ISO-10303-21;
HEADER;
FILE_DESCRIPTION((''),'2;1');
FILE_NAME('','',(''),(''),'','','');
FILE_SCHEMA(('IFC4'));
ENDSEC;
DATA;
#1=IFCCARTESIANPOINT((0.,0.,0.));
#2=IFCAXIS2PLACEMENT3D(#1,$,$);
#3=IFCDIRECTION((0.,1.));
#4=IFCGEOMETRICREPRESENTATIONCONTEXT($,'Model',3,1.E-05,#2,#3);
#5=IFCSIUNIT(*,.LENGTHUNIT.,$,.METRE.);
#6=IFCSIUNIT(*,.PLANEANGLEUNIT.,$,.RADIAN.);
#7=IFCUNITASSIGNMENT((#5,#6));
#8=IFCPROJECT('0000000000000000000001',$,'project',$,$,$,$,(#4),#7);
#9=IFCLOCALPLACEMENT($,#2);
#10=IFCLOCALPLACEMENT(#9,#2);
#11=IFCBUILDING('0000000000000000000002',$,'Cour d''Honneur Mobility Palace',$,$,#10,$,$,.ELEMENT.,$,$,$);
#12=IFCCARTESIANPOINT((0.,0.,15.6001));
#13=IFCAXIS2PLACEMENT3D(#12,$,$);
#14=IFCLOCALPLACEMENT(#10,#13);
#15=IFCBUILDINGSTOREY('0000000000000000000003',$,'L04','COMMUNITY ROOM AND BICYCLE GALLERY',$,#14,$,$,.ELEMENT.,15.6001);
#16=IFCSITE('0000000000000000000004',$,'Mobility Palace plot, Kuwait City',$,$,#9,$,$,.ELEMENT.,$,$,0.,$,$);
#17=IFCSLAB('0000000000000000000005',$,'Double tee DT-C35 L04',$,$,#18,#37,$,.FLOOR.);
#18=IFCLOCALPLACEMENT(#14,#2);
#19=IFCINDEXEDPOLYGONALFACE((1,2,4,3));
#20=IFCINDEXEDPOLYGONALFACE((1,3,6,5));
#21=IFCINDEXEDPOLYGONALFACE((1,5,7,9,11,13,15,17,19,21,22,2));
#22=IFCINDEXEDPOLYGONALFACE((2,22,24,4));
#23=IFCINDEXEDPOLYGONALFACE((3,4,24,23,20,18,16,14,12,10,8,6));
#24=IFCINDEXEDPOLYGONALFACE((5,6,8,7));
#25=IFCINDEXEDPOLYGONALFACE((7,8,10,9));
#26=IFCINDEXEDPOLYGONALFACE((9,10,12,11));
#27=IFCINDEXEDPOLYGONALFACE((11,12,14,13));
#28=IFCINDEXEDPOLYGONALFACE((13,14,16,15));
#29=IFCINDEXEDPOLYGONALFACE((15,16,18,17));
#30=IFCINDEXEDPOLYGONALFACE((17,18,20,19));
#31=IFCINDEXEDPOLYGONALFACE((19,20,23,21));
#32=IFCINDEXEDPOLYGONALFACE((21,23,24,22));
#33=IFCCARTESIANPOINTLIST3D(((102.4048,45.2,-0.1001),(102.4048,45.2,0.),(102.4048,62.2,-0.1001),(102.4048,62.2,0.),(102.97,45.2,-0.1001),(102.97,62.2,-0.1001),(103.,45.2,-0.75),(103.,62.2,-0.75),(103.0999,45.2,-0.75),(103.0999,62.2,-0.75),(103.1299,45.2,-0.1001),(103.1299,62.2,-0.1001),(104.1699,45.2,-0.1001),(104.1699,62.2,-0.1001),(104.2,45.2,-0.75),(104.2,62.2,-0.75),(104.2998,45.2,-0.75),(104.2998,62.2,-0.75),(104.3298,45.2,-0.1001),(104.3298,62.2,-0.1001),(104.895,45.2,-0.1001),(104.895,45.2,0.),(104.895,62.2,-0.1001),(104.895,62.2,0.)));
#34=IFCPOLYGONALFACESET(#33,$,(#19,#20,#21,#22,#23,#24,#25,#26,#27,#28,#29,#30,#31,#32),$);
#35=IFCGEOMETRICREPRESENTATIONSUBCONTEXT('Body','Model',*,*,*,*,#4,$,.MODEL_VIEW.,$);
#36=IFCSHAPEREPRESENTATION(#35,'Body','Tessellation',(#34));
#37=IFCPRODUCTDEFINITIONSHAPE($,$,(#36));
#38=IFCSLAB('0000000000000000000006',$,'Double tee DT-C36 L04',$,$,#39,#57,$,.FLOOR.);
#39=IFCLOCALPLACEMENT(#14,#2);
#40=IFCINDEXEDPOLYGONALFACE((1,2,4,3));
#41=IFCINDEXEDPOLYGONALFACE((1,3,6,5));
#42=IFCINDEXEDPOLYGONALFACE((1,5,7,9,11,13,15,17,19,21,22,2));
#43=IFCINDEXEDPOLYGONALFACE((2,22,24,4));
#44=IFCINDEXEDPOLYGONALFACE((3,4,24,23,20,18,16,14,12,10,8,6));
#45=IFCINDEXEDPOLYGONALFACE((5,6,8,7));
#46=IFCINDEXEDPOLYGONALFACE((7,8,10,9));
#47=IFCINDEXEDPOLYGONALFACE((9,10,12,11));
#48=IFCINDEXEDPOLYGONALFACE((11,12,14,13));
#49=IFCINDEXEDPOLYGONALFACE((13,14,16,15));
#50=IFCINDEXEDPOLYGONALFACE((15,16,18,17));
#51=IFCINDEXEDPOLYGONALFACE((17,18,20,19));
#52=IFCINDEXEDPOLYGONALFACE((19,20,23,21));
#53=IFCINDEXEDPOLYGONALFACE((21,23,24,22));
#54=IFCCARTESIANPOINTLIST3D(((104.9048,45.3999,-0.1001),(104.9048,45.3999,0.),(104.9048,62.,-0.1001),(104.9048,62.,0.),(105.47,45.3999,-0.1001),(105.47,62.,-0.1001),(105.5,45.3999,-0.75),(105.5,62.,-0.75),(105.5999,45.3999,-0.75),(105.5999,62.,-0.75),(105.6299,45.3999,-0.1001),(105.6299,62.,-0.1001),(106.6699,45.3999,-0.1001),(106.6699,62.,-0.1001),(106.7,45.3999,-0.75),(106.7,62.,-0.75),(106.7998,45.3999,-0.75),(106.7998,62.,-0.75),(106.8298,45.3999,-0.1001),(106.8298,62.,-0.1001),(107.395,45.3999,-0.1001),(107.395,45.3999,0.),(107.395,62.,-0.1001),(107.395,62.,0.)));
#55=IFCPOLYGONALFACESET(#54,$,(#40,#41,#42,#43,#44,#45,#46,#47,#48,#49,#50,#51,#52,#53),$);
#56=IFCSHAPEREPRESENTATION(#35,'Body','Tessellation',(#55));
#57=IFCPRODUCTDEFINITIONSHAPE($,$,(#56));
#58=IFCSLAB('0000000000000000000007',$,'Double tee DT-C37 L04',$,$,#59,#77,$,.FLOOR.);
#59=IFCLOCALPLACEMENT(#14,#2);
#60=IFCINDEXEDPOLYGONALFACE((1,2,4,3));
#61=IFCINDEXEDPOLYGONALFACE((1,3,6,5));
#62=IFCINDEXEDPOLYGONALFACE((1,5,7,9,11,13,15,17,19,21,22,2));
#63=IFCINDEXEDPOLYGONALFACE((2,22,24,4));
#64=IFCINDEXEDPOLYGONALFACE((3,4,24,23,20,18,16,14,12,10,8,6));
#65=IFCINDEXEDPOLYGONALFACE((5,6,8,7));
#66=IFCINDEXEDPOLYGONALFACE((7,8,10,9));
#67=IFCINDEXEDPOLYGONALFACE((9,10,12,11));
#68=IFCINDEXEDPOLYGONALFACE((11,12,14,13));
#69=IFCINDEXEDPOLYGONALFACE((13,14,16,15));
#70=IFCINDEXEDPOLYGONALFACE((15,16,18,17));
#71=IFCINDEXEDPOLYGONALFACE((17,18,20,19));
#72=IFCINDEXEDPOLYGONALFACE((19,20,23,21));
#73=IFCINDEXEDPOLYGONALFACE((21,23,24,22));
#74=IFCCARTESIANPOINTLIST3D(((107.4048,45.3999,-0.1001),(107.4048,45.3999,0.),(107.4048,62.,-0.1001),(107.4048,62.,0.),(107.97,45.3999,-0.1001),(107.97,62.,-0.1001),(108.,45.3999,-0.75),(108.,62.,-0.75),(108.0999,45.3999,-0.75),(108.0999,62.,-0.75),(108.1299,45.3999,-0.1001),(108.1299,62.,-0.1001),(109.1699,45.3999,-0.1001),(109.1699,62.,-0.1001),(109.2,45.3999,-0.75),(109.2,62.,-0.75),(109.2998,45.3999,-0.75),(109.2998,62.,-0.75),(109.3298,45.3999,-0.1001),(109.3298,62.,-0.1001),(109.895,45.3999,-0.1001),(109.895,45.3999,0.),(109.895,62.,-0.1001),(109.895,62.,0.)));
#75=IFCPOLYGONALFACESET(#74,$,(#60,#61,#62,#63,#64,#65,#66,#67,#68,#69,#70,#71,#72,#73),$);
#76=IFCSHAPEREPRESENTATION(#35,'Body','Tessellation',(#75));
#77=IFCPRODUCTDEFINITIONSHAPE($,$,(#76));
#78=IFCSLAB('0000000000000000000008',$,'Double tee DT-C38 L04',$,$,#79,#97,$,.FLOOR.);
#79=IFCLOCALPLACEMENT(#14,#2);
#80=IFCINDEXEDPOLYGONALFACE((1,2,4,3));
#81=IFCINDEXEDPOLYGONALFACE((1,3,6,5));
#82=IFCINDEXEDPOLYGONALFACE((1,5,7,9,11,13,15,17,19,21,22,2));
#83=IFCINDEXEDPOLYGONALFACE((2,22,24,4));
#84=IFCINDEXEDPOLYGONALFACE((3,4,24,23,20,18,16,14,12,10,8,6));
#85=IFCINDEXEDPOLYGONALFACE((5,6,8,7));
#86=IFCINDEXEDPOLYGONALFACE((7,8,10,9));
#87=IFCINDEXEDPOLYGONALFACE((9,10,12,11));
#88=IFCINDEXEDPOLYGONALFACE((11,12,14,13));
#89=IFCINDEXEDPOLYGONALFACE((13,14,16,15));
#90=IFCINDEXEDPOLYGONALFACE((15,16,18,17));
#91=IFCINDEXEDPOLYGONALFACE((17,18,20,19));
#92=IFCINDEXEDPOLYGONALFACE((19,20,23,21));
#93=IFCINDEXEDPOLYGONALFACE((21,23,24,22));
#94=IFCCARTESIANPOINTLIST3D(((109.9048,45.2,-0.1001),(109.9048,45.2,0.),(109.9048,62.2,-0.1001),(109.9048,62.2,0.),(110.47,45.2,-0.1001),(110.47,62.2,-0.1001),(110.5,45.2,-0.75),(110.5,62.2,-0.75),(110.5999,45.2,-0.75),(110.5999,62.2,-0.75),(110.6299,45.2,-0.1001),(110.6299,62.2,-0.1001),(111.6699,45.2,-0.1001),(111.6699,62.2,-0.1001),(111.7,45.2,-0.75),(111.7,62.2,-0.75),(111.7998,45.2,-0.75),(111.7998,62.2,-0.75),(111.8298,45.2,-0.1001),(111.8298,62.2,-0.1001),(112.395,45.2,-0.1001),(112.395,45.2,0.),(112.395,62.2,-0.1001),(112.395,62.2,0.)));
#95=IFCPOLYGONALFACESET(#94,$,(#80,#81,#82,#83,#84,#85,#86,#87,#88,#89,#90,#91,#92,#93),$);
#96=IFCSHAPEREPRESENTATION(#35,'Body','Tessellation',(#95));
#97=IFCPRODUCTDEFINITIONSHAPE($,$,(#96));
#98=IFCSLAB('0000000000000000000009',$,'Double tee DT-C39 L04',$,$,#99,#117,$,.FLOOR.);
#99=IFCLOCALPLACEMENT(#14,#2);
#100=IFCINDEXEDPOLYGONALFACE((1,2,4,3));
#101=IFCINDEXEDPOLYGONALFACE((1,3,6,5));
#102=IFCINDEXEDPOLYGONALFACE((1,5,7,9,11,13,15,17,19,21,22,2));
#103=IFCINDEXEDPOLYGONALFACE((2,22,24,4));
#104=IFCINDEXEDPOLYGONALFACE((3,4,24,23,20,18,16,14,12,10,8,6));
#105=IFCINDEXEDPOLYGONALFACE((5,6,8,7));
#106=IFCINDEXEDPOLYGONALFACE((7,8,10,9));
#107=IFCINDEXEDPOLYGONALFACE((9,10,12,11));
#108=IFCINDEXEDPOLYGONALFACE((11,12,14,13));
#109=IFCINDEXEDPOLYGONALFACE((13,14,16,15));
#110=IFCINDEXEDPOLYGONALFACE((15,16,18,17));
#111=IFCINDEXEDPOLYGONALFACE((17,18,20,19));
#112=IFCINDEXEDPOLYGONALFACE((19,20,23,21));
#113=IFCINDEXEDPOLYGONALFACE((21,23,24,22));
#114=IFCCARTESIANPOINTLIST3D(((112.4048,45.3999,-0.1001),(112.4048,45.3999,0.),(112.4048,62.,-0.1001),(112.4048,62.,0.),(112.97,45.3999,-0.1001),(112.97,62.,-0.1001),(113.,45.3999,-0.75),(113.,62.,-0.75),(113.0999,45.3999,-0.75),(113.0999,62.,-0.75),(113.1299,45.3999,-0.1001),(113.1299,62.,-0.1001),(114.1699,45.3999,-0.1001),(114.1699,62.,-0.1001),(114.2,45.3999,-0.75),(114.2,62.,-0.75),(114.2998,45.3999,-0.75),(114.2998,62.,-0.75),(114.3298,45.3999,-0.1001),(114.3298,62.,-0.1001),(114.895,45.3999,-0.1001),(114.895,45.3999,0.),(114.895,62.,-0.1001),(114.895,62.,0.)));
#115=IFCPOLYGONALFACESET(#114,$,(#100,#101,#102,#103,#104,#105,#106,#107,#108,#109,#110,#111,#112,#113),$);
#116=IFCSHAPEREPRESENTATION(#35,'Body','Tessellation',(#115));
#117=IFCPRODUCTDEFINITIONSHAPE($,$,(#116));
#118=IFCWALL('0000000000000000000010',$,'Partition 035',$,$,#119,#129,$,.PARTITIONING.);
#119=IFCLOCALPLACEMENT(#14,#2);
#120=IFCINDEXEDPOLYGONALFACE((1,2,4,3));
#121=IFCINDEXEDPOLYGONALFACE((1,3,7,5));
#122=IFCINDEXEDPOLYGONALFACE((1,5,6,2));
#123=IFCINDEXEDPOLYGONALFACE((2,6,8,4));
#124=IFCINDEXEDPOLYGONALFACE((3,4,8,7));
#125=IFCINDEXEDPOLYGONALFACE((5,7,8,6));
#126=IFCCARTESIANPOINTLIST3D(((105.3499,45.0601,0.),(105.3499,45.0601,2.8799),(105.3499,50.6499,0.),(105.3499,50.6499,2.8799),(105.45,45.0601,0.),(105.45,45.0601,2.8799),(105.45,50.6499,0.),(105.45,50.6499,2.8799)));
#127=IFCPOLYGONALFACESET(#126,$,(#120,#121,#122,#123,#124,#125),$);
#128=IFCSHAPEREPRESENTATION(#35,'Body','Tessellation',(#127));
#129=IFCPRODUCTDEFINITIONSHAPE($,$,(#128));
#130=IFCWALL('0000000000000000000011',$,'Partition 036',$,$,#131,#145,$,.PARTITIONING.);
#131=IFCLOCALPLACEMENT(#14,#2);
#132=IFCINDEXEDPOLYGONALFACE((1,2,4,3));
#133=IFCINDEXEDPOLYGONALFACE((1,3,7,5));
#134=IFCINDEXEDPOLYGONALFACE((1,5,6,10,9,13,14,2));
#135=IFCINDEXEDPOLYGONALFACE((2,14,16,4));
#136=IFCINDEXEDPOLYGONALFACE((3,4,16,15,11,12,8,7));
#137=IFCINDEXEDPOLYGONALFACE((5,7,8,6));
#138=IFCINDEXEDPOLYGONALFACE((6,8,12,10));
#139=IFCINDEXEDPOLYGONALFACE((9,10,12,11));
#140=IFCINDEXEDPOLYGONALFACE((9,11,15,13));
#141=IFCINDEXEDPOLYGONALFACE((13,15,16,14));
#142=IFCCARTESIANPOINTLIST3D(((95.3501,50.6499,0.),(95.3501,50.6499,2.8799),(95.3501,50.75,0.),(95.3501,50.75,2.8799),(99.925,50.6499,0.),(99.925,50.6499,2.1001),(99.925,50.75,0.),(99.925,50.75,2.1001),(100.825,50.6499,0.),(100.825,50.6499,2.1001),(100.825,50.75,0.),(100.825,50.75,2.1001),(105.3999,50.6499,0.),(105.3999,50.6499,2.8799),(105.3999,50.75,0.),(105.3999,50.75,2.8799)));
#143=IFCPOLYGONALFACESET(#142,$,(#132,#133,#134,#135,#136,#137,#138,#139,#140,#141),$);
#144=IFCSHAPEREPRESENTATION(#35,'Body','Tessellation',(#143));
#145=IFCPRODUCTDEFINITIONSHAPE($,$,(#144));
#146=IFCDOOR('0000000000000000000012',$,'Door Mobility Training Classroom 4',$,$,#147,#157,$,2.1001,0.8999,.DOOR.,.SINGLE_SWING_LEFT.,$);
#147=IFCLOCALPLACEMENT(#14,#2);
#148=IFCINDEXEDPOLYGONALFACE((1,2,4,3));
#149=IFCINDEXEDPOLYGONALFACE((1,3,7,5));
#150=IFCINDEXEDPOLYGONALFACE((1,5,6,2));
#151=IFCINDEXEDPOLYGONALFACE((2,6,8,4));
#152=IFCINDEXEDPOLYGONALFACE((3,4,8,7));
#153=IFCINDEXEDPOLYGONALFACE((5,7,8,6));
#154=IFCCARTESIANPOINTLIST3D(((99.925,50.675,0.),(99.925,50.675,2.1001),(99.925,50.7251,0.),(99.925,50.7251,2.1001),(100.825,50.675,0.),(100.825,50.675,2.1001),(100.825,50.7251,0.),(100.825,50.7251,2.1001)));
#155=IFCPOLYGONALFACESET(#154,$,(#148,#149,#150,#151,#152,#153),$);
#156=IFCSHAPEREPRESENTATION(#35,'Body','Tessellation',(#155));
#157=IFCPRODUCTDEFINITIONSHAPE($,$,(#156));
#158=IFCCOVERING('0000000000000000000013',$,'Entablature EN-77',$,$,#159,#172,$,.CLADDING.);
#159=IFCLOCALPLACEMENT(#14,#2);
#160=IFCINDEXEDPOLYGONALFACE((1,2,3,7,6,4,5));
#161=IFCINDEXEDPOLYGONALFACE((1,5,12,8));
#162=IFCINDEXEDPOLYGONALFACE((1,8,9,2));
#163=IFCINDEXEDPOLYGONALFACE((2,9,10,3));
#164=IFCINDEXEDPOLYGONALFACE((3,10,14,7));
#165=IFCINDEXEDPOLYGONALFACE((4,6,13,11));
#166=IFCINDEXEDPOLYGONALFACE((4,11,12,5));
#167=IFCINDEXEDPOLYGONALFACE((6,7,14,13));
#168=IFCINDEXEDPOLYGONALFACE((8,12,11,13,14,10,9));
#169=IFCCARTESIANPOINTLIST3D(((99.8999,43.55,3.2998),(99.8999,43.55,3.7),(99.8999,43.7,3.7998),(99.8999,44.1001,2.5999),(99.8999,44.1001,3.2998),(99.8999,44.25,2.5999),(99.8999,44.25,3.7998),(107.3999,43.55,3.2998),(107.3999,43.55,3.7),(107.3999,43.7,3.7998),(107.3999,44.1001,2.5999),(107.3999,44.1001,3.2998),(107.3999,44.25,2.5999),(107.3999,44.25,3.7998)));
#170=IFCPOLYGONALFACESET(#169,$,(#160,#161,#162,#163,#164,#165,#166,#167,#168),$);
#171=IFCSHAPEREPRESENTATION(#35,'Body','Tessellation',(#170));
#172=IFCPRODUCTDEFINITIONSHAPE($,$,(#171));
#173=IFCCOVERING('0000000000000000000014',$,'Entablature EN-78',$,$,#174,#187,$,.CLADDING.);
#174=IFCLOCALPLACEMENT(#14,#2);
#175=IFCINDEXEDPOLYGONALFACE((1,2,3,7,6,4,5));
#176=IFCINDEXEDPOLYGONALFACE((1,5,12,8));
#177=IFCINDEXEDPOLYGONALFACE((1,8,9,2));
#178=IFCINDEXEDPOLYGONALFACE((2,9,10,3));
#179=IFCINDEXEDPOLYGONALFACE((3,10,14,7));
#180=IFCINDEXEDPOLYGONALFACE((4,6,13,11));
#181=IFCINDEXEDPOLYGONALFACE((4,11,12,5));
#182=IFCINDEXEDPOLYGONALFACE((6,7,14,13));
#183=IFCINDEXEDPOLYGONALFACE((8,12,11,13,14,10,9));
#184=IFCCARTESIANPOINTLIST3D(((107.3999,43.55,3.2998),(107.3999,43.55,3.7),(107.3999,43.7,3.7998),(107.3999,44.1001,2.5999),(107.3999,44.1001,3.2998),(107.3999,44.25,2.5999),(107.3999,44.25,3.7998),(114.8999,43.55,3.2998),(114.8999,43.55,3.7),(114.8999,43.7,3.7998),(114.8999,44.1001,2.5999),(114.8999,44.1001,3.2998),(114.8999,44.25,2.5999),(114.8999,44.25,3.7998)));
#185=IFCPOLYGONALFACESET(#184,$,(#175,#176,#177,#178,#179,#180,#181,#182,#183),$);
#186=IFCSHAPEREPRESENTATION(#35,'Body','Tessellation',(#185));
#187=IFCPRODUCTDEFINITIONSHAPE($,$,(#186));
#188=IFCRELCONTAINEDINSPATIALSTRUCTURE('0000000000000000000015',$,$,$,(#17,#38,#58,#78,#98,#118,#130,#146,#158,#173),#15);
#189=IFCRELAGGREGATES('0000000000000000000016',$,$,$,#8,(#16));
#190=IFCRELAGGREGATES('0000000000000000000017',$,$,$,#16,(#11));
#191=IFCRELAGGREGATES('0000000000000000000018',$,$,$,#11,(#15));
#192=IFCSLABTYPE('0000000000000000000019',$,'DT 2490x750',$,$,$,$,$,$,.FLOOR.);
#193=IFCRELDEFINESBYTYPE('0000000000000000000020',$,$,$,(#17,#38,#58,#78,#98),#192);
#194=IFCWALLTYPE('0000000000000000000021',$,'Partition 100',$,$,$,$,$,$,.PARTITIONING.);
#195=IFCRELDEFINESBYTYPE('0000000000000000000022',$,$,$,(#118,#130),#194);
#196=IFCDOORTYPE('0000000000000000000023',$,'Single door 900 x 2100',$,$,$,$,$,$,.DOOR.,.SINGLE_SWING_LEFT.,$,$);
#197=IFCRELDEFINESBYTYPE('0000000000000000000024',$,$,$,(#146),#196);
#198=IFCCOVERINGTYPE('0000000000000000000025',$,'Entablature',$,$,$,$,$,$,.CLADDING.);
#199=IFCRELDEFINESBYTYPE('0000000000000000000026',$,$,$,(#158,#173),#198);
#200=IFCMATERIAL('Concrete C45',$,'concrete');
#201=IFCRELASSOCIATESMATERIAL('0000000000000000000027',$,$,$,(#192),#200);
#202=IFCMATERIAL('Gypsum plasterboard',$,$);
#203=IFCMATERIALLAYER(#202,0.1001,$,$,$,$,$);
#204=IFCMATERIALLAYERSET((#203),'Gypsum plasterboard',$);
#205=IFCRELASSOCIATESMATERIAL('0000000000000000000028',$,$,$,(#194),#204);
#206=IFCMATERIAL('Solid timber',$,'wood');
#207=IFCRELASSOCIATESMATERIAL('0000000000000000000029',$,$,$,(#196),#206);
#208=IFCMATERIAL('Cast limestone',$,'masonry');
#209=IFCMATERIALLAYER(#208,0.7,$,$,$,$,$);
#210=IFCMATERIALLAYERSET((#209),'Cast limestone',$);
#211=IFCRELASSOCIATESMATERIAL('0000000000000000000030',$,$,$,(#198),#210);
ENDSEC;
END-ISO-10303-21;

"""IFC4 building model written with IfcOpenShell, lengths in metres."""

from ifc_helpers import new_model, si_unit, direction, frame, frame_2d, origin, place, context, subcontext, project, spatial, polyline, rectangle, outline, extrude, material, layer, layer_set, material_profile, profile_set, type_object, element, fill, save


model = new_model("IFC4")

# Units and contexts
model_context = context("Model", 3, precision=1e-05, world=origin(), true_north=direction((0.0, 1.0)))
body_context = subcontext(model_context, "Body", "Model", "MODEL_VIEW")
ifc_project = project(units=[si_unit("LENGTHUNIT", "METRE"), si_unit("PLANEANGLEUNIT", "RADIAN")], contexts=[model_context])

# Site, building, storey
site_placement = place(None, origin())
site = spatial("IfcSite", under=ifc_project, at=site_placement, Name="Mobility Palace plot, Kuwait City", CompositionType="ELEMENT", RefElevation=0.0)
building_placement = place(site_placement, origin())
building = spatial("IfcBuilding", under=site, at=building_placement, Name="Cour d'Honneur Mobility Palace", CompositionType="ELEMENT")
storey_placement = place(building_placement, frame((0.0, 0.0, 15.6001)))
storey = spatial("IfcBuildingStorey", under=building, at=storey_placement, Name="L04", Description="COMMUNITY ROOM AND BICYCLE GALLERY", CompositionType="ELEMENT", Elevation=15.6001)

# Slabs
ifc_material_1 = material(Name="Concrete C45", Category="concrete")
ifc_material_profile_1 = material_profile(ifc_material_1, outline(polyline([(-1.2451, 0.0), (1.2451, 0.0), (1.2451, -0.1001), (0.6799, -0.1001), (0.6499, -0.75), (0.55, -0.75), (0.52, -0.1001), (-0.52, -0.1001), (-0.55, -0.75), (-0.6499, -0.75), (-0.6799, -0.1001), (-1.2451, -0.1001), (-1.2451, 0.0)])), Name="DT 2490x750")
ifc_profile_set_1 = profile_set([ifc_material_profile_1], Name="Concrete C45")
slab_type = type_object("IfcSlabType", Name="DT 2490x750", PredefinedType="FLOOR", material=ifc_profile_set_1)
slab_1_placement = place(storey_placement, frame((103.6499, 45.2, 0.0), z_axis=(0.0, 1.0, 0.0), x_axis=(-1.0, 0.0, 0.0)))
element("IfcSlab", 1, at=slab_1_placement, inside=storey, type_object=slab_type, Name="Double tee DT-C35 L04", PredefinedType="FLOOR", context=body_context, shape_type="SweptSolid", body=[
    extrude(outline(polyline([(-1.2451, 0.0), (1.2451, 0.0), (1.2451, -0.1001), (0.6799, -0.1001), (0.6499, -0.75), (0.55, -0.75), (0.52, -0.1001), (-0.52, -0.1001), (-0.55, -0.75), (-0.6499, -0.75), (-0.6799, -0.1001), (-1.2451, -0.1001), (-1.2451, 0.0)])), origin(), (0.0, 0.0, 1.0), 17.0),
])
for number, where, z_axis, x_axis, name in (
    (2, (106.1499, 45.3999, 0.0), (0.0, 1.0, 0.0), (-1.0, 0.0, 0.0), "Double tee DT-C36 L04"),
    (3, (108.6499, 45.3999, 0.0), (0.0, 1.0, 0.0), (-1.0, 0.0, 0.0), "Double tee DT-C37 L04"),
):
    element("IfcSlab", number, at=place(storey_placement, frame(where, z_axis=z_axis, x_axis=x_axis)), inside=storey, type_object=slab_type, Name=name, PredefinedType="FLOOR", context=body_context, shape_type="SweptSolid", body=[
        extrude(outline(polyline([(-1.2451, 0.0), (1.2451, 0.0), (1.2451, -0.1001), (0.6799, -0.1001), (0.6499, -0.75), (0.55, -0.75), (0.52, -0.1001), (-0.52, -0.1001), (-0.55, -0.75), (-0.6499, -0.75), (-0.6799, -0.1001), (-1.2451, -0.1001), (-1.2451, 0.0)])), origin(), (0.0, 0.0, 1.0), 16.6001),
    ])
slab_2_placement = place(storey_placement, frame((111.1499, 45.2, 0.0), z_axis=(0.0, 1.0, 0.0), x_axis=(-1.0, 0.0, 0.0)))
element("IfcSlab", 4, at=slab_2_placement, inside=storey, type_object=slab_type, Name="Double tee DT-C38 L04", PredefinedType="FLOOR", context=body_context, shape_type="SweptSolid", body=[
    extrude(outline(polyline([(-1.2451, 0.0), (1.2451, 0.0), (1.2451, -0.1001), (0.6799, -0.1001), (0.6499, -0.75), (0.55, -0.75), (0.52, -0.1001), (-0.52, -0.1001), (-0.55, -0.75), (-0.6499, -0.75), (-0.6799, -0.1001), (-1.2451, -0.1001), (-1.2451, 0.0)])), origin(), (0.0, 0.0, 1.0), 17.0),
])
slab_3_placement = place(storey_placement, frame((113.6499, 45.3999, 0.0), z_axis=(0.0, 1.0, 0.0), x_axis=(-1.0, 0.0, 0.0)))
element("IfcSlab", 5, at=slab_3_placement, inside=storey, type_object=slab_type, Name="Double tee DT-C39 L04", PredefinedType="FLOOR", context=body_context, shape_type="SweptSolid", body=[
    extrude(outline(polyline([(-1.2451, 0.0), (1.2451, 0.0), (1.2451, -0.1001), (0.6799, -0.1001), (0.6499, -0.75), (0.55, -0.75), (0.52, -0.1001), (-0.52, -0.1001), (-0.55, -0.75), (-0.6499, -0.75), (-0.6799, -0.1001), (-1.2451, -0.1001), (-1.2451, 0.0)])), origin(), (0.0, 0.0, 1.0), 16.6001),
])

# Wall
ifc_material_2 = material(Name="Gypsum plasterboard")
ifc_layer_1 = layer(ifc_material_2, 0.1001)
ifc_layer_set_1 = layer_set([ifc_layer_1], Name="Gypsum plasterboard")
wall_type = type_object("IfcWallType", Name="Partition 100", PredefinedType="PARTITIONING", material=ifc_layer_set_1)
wall_1_placement = place(storey_placement, frame((105.3999, 50.6499, 0.0), z_axis=(0.0, 0.0, 1.0), x_axis=(0.0, -1.0, 0.0)))
element("IfcWall", 6, at=wall_1_placement, inside=storey, type_object=wall_type, Name="Partition 035", PredefinedType="PARTITIONING", context=body_context, shape_type="SweptSolid", body=[
    extrude(rectangle(XDim=5.5898, YDim=0.1001, at=frame_2d((2.7949, 0.0))), origin(), (0.0, 0.0, 1.0), 2.8799),
])

# Wall, opening, door
wall_2_placement = place(storey_placement, frame((105.3999, 50.7, 0.0), z_axis=(0.0, 0.0, 1.0), x_axis=(-1.0, 0.0, 0.0)))
wall_2 = element("IfcWall", 7, at=wall_2_placement, inside=storey, type_object=wall_type, Name="Partition 036", PredefinedType="PARTITIONING", context=body_context, shape_type="SweptSolid", body=[
    extrude(rectangle(XDim=10.0498, YDim=0.1001, at=frame_2d((5.0249, 0.0))), origin(), (0.0, 0.0, 1.0), 2.8799),
])
opening_placement = place(wall_2_placement, frame((4.575, 0.0, 0.0)))
opening = element("IfcOpeningElement", 8, at=opening_placement, cuts=wall_2, PredefinedType="OPENING", context=body_context, shape_type="SweptSolid", body=[
    extrude(rectangle(XDim=0.8999, YDim=2.1001, at=frame_2d((0.45, 1.05))), frame((0.0, 0.0601, 0.0), z_axis=(0.0, -1.0, 0.0), x_axis=(1.0, 0.0, 0.0)), (0.0, 0.0, 1.0), 0.1201),
])
ifc_material_3 = material(Name="Solid timber", Category="wood")
door_type = type_object("IfcDoorType", Name="Single door 900 x 2100", OperationType="SINGLE_SWING_LEFT", PredefinedType="DOOR", material=ifc_material_3)
door_placement = place(opening_placement, origin())
door = element("IfcDoor", 9, at=door_placement, inside=storey, type_object=door_type, Name="Door Mobility Training Classroom 4", OperationType="SINGLE_SWING_LEFT", OverallHeight=2.1001, OverallWidth=0.8999, PredefinedType="DOOR", context=body_context, shape_type="SweptSolid", body=[
    extrude(rectangle(XDim=0.8999, YDim=2.1001, at=frame_2d((0.45, 1.05))), frame((0.0, 0.0249, 0.0), z_axis=(0.0, -1.0, 0.0), x_axis=(1.0, 0.0, 0.0)), (0.0, 0.0, 1.0), 0.05),
])
fill(opening, door)

# Coverings
ifc_material_4 = material(Name="Cast limestone", Category="masonry")
ifc_layer_2 = layer(ifc_material_4, 0.7)
ifc_layer_set_2 = layer_set([ifc_layer_2], Name="Cast limestone")
covering_type_1 = type_object("IfcCoveringType", Name="Entablature", PredefinedType="CLADDING", material=ifc_layer_set_2)
for number, where, z_axis, x_axis, name in (
    (10, (99.8999, 44.25, 2.5999), (-1.0, 0.0, 0.0), (0.0, -1.0, 0.0), "Entablature EN-77"),
    (11, (107.3999, 44.25, 2.5999), (-1.0, 0.0, 0.0), (0.0, -1.0, 0.0), "Entablature EN-78"),
):
    element("IfcCovering", number, at=place(storey_placement, frame(where, z_axis=z_axis, x_axis=x_axis)), inside=storey, type_object=covering_type_1, Name=name, PredefinedType="CLADDING", context=body_context, shape_type="SweptSolid", body=[
        extrude(outline(polyline([(0.0, 0.0), (0.1499, 0.0), (0.1499, 0.7), (0.7, 0.7), (0.7, 1.1001), (0.55, 1.2), (0.0, 1.2), (0.0, 0.0)])), origin(), (0.0, 0.0, -1.0), 7.5),
    ])

save(model, "model.ifc")
